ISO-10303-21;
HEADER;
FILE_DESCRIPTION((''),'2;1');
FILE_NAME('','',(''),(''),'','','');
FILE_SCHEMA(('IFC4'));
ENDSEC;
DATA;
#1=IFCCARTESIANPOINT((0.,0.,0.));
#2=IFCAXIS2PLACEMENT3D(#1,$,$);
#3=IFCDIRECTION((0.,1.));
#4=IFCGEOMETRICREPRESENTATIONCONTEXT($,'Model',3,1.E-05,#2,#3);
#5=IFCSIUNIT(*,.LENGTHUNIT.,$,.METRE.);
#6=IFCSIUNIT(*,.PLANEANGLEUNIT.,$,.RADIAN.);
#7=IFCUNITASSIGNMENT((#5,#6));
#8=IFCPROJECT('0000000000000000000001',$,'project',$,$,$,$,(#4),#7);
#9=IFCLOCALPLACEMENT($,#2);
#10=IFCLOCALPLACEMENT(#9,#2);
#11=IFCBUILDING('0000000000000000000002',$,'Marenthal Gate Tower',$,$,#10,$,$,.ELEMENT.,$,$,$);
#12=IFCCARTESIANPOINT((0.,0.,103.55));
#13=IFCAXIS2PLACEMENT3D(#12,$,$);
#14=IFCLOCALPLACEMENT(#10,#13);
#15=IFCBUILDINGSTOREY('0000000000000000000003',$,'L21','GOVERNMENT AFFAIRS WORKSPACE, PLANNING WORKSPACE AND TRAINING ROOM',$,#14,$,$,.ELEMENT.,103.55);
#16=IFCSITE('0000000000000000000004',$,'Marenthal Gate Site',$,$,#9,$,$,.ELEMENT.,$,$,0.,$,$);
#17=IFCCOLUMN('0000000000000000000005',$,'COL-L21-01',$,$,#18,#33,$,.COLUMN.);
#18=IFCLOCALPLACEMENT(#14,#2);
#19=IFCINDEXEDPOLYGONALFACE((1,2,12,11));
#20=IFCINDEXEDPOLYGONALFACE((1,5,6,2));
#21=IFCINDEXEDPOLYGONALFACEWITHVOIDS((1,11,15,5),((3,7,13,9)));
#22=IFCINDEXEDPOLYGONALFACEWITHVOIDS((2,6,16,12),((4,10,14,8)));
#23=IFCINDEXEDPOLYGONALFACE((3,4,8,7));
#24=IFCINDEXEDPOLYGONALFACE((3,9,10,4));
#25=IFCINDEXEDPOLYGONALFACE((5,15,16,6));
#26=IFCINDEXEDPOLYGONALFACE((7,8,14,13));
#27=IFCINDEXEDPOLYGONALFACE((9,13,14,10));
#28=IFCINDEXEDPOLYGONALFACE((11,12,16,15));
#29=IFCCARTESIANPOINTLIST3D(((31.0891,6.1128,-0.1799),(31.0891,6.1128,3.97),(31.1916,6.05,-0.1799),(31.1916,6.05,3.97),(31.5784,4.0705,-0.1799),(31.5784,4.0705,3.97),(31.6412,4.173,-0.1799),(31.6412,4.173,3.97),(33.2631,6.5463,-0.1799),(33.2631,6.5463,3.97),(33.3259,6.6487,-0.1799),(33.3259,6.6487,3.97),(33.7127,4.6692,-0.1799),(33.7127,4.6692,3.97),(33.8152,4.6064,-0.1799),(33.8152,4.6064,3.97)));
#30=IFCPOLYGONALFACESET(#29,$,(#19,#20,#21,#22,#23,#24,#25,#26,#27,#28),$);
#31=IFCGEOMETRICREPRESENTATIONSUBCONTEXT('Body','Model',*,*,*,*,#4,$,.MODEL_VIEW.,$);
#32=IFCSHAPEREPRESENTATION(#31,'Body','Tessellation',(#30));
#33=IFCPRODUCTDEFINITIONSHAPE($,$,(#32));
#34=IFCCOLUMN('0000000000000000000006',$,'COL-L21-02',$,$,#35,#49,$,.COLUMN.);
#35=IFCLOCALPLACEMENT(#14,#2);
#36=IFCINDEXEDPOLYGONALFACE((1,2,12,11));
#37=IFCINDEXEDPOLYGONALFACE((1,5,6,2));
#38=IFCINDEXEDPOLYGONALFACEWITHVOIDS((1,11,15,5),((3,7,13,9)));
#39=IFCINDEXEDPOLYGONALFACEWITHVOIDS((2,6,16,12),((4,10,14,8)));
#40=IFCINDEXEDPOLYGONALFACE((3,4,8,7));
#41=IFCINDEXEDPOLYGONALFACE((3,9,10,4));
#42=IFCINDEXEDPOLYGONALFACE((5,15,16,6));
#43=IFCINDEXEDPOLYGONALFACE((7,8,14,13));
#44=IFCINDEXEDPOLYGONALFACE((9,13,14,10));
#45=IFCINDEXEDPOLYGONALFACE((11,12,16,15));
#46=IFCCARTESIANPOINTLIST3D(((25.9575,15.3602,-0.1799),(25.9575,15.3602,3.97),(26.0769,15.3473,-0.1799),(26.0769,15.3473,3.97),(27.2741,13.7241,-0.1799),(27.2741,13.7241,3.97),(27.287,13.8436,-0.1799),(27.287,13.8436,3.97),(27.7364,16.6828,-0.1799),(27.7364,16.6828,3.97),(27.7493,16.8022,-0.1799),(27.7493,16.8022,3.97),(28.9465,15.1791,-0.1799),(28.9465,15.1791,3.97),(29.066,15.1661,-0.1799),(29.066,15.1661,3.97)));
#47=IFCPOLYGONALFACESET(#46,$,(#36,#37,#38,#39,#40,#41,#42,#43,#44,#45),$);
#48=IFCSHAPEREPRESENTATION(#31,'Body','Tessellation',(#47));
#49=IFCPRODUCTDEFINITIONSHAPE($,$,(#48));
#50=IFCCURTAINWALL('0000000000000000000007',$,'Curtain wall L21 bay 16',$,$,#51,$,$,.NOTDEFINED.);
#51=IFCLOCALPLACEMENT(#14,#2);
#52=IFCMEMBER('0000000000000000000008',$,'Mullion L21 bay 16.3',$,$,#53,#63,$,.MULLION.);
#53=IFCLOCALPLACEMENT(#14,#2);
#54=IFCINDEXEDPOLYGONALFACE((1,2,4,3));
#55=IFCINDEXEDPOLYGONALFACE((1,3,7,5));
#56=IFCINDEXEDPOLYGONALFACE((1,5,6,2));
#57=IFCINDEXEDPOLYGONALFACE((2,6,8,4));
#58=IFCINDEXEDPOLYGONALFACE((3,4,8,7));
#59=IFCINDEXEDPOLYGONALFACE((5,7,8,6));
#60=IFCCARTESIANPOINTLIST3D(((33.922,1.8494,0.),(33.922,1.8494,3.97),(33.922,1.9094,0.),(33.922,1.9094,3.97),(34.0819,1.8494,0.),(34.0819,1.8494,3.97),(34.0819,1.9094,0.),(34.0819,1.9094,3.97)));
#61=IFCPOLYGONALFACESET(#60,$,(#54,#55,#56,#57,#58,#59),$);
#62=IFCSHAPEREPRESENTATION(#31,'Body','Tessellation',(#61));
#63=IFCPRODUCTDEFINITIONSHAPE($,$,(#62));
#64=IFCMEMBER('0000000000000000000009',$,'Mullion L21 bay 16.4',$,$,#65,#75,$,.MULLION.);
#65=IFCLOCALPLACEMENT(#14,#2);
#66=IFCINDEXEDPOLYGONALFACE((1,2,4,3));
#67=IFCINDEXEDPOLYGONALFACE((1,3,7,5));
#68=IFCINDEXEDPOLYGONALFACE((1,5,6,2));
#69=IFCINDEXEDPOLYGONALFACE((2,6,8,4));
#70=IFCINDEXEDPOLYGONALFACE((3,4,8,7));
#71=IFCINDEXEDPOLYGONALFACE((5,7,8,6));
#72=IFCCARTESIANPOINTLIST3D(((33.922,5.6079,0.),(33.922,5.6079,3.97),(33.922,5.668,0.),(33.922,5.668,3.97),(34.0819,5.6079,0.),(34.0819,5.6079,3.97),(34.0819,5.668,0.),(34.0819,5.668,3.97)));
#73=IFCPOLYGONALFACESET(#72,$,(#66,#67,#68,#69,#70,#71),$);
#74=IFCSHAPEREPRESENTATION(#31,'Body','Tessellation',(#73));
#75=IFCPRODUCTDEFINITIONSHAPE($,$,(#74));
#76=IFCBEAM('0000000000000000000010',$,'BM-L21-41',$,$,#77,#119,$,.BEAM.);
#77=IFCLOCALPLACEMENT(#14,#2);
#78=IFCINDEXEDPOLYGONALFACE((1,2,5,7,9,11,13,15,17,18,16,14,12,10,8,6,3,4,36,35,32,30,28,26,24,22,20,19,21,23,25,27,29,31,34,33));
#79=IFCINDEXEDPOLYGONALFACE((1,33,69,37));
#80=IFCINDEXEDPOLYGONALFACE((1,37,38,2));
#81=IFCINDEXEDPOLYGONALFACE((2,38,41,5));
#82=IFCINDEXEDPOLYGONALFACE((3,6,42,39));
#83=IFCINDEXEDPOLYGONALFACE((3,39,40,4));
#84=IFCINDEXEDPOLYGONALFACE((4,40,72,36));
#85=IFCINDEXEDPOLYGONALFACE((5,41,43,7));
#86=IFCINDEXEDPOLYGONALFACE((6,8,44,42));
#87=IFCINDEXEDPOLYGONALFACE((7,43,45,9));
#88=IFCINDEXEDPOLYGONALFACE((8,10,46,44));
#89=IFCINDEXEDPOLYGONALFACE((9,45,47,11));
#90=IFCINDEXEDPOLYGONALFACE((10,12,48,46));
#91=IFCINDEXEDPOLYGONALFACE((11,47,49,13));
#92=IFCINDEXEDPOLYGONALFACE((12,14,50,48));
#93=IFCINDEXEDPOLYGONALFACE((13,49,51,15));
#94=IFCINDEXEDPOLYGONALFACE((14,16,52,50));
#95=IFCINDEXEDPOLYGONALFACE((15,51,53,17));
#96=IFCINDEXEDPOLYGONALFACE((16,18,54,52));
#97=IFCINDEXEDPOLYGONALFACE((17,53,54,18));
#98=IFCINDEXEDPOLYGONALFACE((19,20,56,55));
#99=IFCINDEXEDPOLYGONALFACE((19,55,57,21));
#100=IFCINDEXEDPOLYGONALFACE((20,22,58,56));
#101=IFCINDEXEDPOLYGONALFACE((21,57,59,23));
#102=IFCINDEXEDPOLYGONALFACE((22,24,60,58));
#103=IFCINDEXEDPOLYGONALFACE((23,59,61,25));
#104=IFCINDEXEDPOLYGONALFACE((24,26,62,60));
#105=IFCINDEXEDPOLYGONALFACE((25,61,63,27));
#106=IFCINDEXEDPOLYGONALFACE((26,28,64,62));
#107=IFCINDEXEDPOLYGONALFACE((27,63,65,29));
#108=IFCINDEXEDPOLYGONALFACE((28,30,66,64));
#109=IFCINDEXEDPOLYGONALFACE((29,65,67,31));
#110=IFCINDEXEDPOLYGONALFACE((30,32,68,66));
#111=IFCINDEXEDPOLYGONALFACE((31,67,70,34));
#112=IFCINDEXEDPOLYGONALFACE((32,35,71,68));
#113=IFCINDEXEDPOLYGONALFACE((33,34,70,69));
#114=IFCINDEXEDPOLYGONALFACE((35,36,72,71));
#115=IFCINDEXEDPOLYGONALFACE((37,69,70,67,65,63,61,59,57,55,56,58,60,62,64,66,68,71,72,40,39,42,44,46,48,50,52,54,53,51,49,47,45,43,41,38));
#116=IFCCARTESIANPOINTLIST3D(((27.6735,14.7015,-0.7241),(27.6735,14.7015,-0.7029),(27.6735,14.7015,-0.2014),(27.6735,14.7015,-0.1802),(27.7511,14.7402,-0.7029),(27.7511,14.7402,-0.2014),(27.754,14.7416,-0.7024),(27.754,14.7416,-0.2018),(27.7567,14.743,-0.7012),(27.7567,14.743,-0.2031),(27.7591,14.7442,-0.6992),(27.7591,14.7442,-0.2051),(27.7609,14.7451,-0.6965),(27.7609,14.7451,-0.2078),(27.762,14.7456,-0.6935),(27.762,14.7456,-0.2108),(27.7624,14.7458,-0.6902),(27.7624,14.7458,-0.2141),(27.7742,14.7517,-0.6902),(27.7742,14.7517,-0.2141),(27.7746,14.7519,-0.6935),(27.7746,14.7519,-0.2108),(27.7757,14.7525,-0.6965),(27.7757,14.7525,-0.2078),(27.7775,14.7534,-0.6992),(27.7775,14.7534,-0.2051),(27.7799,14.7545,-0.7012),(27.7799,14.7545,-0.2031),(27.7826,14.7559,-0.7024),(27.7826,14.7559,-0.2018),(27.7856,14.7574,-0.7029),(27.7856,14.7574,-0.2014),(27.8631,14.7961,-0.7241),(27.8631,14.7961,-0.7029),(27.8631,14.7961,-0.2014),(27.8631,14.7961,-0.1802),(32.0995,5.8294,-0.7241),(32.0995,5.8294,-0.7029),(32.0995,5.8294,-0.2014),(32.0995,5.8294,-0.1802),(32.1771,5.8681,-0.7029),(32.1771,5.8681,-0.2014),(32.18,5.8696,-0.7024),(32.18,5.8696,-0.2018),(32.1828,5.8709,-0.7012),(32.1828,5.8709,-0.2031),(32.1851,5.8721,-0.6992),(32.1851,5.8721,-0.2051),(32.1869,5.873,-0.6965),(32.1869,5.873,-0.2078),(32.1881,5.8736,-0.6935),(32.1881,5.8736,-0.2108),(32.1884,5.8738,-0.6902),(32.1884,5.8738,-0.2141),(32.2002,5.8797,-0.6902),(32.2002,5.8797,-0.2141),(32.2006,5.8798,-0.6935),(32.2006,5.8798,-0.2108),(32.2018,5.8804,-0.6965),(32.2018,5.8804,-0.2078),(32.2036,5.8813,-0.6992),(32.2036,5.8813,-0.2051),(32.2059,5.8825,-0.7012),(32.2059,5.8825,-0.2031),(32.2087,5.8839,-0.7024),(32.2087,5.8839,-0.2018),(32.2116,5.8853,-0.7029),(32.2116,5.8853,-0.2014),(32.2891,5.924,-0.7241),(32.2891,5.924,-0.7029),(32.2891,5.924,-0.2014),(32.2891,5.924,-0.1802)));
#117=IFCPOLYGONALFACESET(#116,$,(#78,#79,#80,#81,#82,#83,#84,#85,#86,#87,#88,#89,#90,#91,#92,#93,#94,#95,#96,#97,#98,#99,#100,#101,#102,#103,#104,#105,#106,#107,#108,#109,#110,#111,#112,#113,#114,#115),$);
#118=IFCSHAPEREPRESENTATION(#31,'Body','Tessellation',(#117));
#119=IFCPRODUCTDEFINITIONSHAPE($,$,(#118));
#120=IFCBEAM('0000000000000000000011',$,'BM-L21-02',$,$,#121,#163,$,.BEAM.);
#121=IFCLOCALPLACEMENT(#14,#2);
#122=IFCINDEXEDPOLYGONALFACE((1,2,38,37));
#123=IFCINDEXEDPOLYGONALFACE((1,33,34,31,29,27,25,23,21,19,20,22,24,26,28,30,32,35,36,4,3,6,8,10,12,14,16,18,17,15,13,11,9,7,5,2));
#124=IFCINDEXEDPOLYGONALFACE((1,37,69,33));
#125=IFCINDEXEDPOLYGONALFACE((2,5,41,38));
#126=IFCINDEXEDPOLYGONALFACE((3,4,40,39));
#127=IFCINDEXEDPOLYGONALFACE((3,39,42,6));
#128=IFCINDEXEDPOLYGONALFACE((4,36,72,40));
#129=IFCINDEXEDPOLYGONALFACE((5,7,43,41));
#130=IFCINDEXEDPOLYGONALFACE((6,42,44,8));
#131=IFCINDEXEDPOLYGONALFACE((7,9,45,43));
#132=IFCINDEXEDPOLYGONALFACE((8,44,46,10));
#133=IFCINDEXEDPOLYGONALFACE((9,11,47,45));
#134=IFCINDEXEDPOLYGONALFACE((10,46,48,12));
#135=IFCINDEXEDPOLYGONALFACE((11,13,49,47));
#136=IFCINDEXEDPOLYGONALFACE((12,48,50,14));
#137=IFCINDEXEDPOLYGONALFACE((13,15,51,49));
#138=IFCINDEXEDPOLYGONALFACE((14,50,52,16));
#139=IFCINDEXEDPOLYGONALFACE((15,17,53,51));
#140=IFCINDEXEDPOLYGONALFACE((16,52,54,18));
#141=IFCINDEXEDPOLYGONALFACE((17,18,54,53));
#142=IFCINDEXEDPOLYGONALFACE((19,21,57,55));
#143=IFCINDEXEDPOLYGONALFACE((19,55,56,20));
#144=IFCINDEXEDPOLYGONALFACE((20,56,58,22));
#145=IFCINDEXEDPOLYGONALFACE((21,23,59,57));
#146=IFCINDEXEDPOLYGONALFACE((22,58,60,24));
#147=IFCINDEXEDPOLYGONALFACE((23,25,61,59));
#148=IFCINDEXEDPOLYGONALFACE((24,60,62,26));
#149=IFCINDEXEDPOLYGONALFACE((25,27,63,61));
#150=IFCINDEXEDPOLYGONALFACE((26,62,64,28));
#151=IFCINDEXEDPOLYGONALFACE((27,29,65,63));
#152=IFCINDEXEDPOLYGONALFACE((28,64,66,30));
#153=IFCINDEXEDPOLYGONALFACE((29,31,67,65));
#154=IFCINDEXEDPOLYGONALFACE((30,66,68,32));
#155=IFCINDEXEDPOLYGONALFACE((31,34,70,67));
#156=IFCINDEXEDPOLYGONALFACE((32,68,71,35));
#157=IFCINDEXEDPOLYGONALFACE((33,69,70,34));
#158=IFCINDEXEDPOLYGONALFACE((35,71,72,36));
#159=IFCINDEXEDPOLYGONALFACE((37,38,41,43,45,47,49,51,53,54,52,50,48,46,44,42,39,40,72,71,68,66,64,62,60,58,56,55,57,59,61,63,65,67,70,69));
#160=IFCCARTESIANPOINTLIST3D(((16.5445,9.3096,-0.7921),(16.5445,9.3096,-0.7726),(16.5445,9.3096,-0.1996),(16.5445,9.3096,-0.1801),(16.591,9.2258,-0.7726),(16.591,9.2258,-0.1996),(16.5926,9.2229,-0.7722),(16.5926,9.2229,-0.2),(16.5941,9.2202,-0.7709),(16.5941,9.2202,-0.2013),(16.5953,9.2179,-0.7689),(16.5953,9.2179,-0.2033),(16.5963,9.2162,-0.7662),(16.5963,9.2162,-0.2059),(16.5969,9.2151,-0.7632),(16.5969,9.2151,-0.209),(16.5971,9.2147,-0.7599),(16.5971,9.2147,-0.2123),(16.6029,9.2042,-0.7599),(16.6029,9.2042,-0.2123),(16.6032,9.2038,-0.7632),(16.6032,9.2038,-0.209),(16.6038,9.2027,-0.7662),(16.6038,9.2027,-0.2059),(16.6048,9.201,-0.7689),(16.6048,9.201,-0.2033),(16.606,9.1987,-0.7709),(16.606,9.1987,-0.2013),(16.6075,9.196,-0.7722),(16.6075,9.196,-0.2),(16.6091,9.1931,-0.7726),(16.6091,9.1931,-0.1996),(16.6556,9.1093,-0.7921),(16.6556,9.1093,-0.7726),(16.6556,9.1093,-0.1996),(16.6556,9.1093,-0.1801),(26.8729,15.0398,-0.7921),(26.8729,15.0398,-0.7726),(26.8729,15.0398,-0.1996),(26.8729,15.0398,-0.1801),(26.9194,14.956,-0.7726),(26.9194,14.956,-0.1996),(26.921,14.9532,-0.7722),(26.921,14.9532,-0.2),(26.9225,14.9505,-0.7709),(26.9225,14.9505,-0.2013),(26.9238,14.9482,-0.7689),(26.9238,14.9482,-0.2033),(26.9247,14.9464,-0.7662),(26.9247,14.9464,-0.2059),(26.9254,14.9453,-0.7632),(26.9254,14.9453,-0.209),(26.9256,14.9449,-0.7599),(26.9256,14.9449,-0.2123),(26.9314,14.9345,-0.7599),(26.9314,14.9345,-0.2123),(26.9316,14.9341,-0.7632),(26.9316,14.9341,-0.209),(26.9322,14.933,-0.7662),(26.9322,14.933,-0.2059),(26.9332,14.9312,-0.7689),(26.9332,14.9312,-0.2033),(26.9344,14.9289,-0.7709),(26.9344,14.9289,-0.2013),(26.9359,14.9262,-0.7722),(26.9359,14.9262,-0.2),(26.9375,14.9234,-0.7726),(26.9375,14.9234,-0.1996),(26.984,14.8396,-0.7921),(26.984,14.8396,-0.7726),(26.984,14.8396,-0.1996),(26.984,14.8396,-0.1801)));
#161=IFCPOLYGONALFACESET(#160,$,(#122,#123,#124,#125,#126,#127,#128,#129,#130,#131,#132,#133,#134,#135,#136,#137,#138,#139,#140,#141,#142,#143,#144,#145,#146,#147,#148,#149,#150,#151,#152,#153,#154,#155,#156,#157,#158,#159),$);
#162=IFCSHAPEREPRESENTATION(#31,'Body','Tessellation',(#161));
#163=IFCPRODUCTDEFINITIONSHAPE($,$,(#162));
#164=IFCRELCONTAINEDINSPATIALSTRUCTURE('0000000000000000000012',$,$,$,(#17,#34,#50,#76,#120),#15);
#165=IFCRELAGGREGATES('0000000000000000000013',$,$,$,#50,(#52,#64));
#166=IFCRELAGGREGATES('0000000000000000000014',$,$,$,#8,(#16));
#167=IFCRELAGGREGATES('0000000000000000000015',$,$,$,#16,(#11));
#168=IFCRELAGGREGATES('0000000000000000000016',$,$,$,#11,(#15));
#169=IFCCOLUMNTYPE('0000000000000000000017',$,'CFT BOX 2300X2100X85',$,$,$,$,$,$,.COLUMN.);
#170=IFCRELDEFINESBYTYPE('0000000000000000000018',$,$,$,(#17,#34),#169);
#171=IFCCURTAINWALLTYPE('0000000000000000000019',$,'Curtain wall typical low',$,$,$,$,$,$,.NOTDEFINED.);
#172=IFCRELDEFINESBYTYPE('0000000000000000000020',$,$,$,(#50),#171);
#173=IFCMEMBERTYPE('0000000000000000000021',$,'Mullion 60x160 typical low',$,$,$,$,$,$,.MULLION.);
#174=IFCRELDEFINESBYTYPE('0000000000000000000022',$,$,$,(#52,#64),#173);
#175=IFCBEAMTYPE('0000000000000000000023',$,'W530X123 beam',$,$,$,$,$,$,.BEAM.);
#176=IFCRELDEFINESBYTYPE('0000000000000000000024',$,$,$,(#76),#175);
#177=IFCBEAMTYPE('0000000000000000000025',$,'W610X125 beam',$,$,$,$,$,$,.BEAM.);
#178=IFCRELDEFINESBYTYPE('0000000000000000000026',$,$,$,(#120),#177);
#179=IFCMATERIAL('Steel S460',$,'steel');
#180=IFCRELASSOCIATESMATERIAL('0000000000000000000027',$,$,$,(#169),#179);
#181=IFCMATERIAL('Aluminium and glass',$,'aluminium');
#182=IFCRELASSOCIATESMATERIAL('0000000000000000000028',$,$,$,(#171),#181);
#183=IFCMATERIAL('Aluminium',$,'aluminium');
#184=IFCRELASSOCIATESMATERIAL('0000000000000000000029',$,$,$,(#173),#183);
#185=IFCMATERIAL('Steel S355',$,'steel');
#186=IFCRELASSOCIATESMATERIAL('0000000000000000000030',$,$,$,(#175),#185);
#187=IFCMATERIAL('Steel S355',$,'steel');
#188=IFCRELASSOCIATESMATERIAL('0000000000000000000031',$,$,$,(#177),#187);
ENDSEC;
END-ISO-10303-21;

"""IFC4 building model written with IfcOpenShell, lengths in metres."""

from ifc_helpers import new_model, si_unit, direction, frame, origin, origin_2d, place, context, subcontext, project, spatial, rectangle, hollow_rectangle, i_section, extrude, material, material_profile, profile_set, type_object, element, aggregate, save


model = new_model("IFC4")

# Units and contexts
model_context = context("Model", 3, precision=1e-05, world=origin(), true_north=direction((0.0, 1.0)))
body_context = subcontext(model_context, "Body", "Model", "MODEL_VIEW")
ifc_project = project(units=[si_unit("LENGTHUNIT", "METRE"), si_unit("PLANEANGLEUNIT", "RADIAN")], contexts=[model_context])

# Site, building, storey
site_placement = place(None, origin())
site = spatial("IfcSite", under=ifc_project, at=site_placement, Name="Marenthal Gate Site", CompositionType="ELEMENT", RefElevation=0.0)
building_placement = place(site_placement, origin())
building = spatial("IfcBuilding", under=site, at=building_placement, Name="Marenthal Gate Tower", CompositionType="ELEMENT")
storey_placement = place(building_placement, frame((0.0, 0.0, 103.55)))
storey = spatial("IfcBuildingStorey", under=building, at=storey_placement, Name="L21", Description="GOVERNMENT AFFAIRS WORKSPACE, PLANNING WORKSPACE AND TRAINING ROOM", CompositionType="ELEMENT", Elevation=103.55)

# Columns
ifc_material_1 = material(Name="Steel S460", Category="steel")
ifc_material_profile_1 = material_profile(ifc_material_1, hollow_rectangle(XDim=2.1001, YDim=2.3, WallThickness=0.085, at=origin_2d()), Name="CFT BOX 2300X2100X85")
ifc_material_2 = material(Name="Concrete 70 MPa", Category="concrete")
ifc_material_profile_2 = material_profile(ifc_material_2, rectangle(XDim=1.9299, YDim=2.1299, at=origin_2d()), Name="CFT BOX 2300X2100X85 INFILL")
ifc_profile_set_1 = profile_set([ifc_material_profile_1, ifc_material_profile_2], Name="Steel S460 shell, Concrete 70 MPa infill")
column_type = type_object("IfcColumnType", Name="CFT BOX 2300X2100X85", PredefinedType="COLUMN", material=ifc_profile_set_1)
for number, where, z_axis, x_axis, name in (
    (1, (32.4521, 5.3596, -0.1799), (0.0, 0.0, 1.0), (0.232974, -0.972483, 0.0), "COL-L21-01"),
    (2, (27.5117, 15.2632, -0.1799), (0.0, 0.0, 1.0), (0.626945, -0.779063, 0.0), "COL-L21-02"),
):
    element("IfcColumn", number, at=place(storey_placement, frame(where, z_axis=z_axis, x_axis=x_axis)), inside=storey, type_object=column_type, Name=name, PredefinedType="COLUMN", context=body_context, shape_type="SweptSolid", body=[
        extrude(hollow_rectangle(XDim=2.1001, YDim=2.3, WallThickness=0.085, at=origin_2d()), origin(), (0.0, 0.0, 1.0), 4.1499),
    ])

# Curtain wall, members
ifc_material_3 = material(Name="Aluminium and glass", Category="aluminium")
curtain_wall_type = type_object("IfcCurtainWallType", Name="Curtain wall typical low", PredefinedType="NOTDEFINED", material=ifc_material_3)
curtain_wall_placement = place(storey_placement, origin())
curtain_wall = element("IfcCurtainWall", 3, at=curtain_wall_placement, inside=storey, type_object=curtain_wall_type, Name="Curtain wall L21 bay 16", PredefinedType="NOTDEFINED")
ifc_material_4 = material(Name="Aluminium", Category="aluminium")
ifc_material_profile_3 = material_profile(ifc_material_4, rectangle(XDim=0.1599, YDim=0.0601, at=origin_2d()), Name="60x160 aluminium mullion")
ifc_profile_set_2 = profile_set([ifc_material_profile_3], Name="Aluminium")
member_type = type_object("IfcMemberType", Name="Mullion 60x160 typical low", PredefinedType="MULLION", material=ifc_profile_set_2)
member_1_placement = place(storey_placement, frame((34.002, 1.8794, 0.0), z_axis=(0.0, 0.0, 1.0), x_axis=(-1.0, 0.0, 0.0)))
member_1 = element("IfcMember", 4, at=member_1_placement, type_object=member_type, Name="Mullion L21 bay 16.3", PredefinedType="MULLION", context=body_context, shape_type="SweptSolid", body=[
    extrude(rectangle(XDim=0.1599, YDim=0.0601, at=origin_2d()), origin(), (0.0, 0.0, 1.0), 3.97),
])
member_2_placement = place(storey_placement, frame((34.002, 5.6379, 0.0), z_axis=(0.0, 0.0, 1.0), x_axis=(-1.0, 0.0, 0.0)))
member_2 = element("IfcMember", 5, at=member_2_placement, type_object=member_type, Name="Mullion L21 bay 16.4", PredefinedType="MULLION", context=body_context, shape_type="SweptSolid", body=[
    extrude(rectangle(XDim=0.1599, YDim=0.0601, at=origin_2d()), origin(), (0.0, 0.0, 1.0), 3.97),
])

# Beams
ifc_material_5 = material(Name="Steel S355", Category="steel")
ifc_material_profile_4 = material_profile(ifc_material_5, i_section(OverallWidth=0.2119, OverallDepth=0.5439, WebThickness=0.0132, FlangeThickness=0.0212, FilletRadius=0.0127, at=origin_2d()), Name="W530X123")
ifc_profile_set_3 = profile_set([ifc_material_profile_4], Name="Steel S355")
beam_type_1 = type_object("IfcBeamType", Name="W530X123 beam", PredefinedType="BEAM", material=ifc_profile_set_3)
beam_1_placement = place(storey_placement, frame((32.1943, 5.8767, -0.4521), z_axis=(-0.446406, 0.894831, 0.0), x_axis=(-0.894831, -0.446406, 0.0)))
element("IfcBeam", 6, at=beam_1_placement, inside=storey, type_object=beam_type_1, Name="BM-L21-41", PredefinedType="BEAM", context=body_context, shape_type="SweptSolid", body=[
    extrude(i_section(OverallWidth=0.2119, OverallDepth=0.5439, WebThickness=0.0132, FlangeThickness=0.0212, FilletRadius=0.0127, at=origin_2d()), origin(), (0.0, 0.0, 1.0), 9.9148),
])
ifc_material_6 = material(Name="Steel S355", Category="steel")
ifc_material_profile_5 = material_profile(ifc_material_6, i_section(OverallWidth=0.229, OverallDepth=0.6121, WebThickness=0.012, FlangeThickness=0.0195, FilletRadius=0.0127, at=origin_2d()), Name="W610X125")
ifc_profile_set_4 = profile_set([ifc_material_profile_5], Name="Steel S355")
beam_type_2 = type_object("IfcBeamType", Name="W610X125 beam", PredefinedType="BEAM", material=ifc_profile_set_4)
beam_2_placement = place(storey_placement, frame((26.9285, 14.9397, -0.4861), z_axis=(-0.874436, -0.485141, 0.0), x_axis=(0.485141, -0.874436, 0.0)))
element("IfcBeam", 7, at=beam_2_placement, inside=storey, type_object=beam_type_2, Name="BM-L21-02", PredefinedType="BEAM", context=body_context, shape_type="SweptSolid", body=[
    extrude(i_section(OverallWidth=0.229, OverallDepth=0.6121, WebThickness=0.012, FlangeThickness=0.0195, FilletRadius=0.0127, at=origin_2d()), origin(), (0.0, 0.0, 1.0), 11.8115),
])

aggregate(curtain_wall, [member_1, member_2])

save(model, "model.ifc")
